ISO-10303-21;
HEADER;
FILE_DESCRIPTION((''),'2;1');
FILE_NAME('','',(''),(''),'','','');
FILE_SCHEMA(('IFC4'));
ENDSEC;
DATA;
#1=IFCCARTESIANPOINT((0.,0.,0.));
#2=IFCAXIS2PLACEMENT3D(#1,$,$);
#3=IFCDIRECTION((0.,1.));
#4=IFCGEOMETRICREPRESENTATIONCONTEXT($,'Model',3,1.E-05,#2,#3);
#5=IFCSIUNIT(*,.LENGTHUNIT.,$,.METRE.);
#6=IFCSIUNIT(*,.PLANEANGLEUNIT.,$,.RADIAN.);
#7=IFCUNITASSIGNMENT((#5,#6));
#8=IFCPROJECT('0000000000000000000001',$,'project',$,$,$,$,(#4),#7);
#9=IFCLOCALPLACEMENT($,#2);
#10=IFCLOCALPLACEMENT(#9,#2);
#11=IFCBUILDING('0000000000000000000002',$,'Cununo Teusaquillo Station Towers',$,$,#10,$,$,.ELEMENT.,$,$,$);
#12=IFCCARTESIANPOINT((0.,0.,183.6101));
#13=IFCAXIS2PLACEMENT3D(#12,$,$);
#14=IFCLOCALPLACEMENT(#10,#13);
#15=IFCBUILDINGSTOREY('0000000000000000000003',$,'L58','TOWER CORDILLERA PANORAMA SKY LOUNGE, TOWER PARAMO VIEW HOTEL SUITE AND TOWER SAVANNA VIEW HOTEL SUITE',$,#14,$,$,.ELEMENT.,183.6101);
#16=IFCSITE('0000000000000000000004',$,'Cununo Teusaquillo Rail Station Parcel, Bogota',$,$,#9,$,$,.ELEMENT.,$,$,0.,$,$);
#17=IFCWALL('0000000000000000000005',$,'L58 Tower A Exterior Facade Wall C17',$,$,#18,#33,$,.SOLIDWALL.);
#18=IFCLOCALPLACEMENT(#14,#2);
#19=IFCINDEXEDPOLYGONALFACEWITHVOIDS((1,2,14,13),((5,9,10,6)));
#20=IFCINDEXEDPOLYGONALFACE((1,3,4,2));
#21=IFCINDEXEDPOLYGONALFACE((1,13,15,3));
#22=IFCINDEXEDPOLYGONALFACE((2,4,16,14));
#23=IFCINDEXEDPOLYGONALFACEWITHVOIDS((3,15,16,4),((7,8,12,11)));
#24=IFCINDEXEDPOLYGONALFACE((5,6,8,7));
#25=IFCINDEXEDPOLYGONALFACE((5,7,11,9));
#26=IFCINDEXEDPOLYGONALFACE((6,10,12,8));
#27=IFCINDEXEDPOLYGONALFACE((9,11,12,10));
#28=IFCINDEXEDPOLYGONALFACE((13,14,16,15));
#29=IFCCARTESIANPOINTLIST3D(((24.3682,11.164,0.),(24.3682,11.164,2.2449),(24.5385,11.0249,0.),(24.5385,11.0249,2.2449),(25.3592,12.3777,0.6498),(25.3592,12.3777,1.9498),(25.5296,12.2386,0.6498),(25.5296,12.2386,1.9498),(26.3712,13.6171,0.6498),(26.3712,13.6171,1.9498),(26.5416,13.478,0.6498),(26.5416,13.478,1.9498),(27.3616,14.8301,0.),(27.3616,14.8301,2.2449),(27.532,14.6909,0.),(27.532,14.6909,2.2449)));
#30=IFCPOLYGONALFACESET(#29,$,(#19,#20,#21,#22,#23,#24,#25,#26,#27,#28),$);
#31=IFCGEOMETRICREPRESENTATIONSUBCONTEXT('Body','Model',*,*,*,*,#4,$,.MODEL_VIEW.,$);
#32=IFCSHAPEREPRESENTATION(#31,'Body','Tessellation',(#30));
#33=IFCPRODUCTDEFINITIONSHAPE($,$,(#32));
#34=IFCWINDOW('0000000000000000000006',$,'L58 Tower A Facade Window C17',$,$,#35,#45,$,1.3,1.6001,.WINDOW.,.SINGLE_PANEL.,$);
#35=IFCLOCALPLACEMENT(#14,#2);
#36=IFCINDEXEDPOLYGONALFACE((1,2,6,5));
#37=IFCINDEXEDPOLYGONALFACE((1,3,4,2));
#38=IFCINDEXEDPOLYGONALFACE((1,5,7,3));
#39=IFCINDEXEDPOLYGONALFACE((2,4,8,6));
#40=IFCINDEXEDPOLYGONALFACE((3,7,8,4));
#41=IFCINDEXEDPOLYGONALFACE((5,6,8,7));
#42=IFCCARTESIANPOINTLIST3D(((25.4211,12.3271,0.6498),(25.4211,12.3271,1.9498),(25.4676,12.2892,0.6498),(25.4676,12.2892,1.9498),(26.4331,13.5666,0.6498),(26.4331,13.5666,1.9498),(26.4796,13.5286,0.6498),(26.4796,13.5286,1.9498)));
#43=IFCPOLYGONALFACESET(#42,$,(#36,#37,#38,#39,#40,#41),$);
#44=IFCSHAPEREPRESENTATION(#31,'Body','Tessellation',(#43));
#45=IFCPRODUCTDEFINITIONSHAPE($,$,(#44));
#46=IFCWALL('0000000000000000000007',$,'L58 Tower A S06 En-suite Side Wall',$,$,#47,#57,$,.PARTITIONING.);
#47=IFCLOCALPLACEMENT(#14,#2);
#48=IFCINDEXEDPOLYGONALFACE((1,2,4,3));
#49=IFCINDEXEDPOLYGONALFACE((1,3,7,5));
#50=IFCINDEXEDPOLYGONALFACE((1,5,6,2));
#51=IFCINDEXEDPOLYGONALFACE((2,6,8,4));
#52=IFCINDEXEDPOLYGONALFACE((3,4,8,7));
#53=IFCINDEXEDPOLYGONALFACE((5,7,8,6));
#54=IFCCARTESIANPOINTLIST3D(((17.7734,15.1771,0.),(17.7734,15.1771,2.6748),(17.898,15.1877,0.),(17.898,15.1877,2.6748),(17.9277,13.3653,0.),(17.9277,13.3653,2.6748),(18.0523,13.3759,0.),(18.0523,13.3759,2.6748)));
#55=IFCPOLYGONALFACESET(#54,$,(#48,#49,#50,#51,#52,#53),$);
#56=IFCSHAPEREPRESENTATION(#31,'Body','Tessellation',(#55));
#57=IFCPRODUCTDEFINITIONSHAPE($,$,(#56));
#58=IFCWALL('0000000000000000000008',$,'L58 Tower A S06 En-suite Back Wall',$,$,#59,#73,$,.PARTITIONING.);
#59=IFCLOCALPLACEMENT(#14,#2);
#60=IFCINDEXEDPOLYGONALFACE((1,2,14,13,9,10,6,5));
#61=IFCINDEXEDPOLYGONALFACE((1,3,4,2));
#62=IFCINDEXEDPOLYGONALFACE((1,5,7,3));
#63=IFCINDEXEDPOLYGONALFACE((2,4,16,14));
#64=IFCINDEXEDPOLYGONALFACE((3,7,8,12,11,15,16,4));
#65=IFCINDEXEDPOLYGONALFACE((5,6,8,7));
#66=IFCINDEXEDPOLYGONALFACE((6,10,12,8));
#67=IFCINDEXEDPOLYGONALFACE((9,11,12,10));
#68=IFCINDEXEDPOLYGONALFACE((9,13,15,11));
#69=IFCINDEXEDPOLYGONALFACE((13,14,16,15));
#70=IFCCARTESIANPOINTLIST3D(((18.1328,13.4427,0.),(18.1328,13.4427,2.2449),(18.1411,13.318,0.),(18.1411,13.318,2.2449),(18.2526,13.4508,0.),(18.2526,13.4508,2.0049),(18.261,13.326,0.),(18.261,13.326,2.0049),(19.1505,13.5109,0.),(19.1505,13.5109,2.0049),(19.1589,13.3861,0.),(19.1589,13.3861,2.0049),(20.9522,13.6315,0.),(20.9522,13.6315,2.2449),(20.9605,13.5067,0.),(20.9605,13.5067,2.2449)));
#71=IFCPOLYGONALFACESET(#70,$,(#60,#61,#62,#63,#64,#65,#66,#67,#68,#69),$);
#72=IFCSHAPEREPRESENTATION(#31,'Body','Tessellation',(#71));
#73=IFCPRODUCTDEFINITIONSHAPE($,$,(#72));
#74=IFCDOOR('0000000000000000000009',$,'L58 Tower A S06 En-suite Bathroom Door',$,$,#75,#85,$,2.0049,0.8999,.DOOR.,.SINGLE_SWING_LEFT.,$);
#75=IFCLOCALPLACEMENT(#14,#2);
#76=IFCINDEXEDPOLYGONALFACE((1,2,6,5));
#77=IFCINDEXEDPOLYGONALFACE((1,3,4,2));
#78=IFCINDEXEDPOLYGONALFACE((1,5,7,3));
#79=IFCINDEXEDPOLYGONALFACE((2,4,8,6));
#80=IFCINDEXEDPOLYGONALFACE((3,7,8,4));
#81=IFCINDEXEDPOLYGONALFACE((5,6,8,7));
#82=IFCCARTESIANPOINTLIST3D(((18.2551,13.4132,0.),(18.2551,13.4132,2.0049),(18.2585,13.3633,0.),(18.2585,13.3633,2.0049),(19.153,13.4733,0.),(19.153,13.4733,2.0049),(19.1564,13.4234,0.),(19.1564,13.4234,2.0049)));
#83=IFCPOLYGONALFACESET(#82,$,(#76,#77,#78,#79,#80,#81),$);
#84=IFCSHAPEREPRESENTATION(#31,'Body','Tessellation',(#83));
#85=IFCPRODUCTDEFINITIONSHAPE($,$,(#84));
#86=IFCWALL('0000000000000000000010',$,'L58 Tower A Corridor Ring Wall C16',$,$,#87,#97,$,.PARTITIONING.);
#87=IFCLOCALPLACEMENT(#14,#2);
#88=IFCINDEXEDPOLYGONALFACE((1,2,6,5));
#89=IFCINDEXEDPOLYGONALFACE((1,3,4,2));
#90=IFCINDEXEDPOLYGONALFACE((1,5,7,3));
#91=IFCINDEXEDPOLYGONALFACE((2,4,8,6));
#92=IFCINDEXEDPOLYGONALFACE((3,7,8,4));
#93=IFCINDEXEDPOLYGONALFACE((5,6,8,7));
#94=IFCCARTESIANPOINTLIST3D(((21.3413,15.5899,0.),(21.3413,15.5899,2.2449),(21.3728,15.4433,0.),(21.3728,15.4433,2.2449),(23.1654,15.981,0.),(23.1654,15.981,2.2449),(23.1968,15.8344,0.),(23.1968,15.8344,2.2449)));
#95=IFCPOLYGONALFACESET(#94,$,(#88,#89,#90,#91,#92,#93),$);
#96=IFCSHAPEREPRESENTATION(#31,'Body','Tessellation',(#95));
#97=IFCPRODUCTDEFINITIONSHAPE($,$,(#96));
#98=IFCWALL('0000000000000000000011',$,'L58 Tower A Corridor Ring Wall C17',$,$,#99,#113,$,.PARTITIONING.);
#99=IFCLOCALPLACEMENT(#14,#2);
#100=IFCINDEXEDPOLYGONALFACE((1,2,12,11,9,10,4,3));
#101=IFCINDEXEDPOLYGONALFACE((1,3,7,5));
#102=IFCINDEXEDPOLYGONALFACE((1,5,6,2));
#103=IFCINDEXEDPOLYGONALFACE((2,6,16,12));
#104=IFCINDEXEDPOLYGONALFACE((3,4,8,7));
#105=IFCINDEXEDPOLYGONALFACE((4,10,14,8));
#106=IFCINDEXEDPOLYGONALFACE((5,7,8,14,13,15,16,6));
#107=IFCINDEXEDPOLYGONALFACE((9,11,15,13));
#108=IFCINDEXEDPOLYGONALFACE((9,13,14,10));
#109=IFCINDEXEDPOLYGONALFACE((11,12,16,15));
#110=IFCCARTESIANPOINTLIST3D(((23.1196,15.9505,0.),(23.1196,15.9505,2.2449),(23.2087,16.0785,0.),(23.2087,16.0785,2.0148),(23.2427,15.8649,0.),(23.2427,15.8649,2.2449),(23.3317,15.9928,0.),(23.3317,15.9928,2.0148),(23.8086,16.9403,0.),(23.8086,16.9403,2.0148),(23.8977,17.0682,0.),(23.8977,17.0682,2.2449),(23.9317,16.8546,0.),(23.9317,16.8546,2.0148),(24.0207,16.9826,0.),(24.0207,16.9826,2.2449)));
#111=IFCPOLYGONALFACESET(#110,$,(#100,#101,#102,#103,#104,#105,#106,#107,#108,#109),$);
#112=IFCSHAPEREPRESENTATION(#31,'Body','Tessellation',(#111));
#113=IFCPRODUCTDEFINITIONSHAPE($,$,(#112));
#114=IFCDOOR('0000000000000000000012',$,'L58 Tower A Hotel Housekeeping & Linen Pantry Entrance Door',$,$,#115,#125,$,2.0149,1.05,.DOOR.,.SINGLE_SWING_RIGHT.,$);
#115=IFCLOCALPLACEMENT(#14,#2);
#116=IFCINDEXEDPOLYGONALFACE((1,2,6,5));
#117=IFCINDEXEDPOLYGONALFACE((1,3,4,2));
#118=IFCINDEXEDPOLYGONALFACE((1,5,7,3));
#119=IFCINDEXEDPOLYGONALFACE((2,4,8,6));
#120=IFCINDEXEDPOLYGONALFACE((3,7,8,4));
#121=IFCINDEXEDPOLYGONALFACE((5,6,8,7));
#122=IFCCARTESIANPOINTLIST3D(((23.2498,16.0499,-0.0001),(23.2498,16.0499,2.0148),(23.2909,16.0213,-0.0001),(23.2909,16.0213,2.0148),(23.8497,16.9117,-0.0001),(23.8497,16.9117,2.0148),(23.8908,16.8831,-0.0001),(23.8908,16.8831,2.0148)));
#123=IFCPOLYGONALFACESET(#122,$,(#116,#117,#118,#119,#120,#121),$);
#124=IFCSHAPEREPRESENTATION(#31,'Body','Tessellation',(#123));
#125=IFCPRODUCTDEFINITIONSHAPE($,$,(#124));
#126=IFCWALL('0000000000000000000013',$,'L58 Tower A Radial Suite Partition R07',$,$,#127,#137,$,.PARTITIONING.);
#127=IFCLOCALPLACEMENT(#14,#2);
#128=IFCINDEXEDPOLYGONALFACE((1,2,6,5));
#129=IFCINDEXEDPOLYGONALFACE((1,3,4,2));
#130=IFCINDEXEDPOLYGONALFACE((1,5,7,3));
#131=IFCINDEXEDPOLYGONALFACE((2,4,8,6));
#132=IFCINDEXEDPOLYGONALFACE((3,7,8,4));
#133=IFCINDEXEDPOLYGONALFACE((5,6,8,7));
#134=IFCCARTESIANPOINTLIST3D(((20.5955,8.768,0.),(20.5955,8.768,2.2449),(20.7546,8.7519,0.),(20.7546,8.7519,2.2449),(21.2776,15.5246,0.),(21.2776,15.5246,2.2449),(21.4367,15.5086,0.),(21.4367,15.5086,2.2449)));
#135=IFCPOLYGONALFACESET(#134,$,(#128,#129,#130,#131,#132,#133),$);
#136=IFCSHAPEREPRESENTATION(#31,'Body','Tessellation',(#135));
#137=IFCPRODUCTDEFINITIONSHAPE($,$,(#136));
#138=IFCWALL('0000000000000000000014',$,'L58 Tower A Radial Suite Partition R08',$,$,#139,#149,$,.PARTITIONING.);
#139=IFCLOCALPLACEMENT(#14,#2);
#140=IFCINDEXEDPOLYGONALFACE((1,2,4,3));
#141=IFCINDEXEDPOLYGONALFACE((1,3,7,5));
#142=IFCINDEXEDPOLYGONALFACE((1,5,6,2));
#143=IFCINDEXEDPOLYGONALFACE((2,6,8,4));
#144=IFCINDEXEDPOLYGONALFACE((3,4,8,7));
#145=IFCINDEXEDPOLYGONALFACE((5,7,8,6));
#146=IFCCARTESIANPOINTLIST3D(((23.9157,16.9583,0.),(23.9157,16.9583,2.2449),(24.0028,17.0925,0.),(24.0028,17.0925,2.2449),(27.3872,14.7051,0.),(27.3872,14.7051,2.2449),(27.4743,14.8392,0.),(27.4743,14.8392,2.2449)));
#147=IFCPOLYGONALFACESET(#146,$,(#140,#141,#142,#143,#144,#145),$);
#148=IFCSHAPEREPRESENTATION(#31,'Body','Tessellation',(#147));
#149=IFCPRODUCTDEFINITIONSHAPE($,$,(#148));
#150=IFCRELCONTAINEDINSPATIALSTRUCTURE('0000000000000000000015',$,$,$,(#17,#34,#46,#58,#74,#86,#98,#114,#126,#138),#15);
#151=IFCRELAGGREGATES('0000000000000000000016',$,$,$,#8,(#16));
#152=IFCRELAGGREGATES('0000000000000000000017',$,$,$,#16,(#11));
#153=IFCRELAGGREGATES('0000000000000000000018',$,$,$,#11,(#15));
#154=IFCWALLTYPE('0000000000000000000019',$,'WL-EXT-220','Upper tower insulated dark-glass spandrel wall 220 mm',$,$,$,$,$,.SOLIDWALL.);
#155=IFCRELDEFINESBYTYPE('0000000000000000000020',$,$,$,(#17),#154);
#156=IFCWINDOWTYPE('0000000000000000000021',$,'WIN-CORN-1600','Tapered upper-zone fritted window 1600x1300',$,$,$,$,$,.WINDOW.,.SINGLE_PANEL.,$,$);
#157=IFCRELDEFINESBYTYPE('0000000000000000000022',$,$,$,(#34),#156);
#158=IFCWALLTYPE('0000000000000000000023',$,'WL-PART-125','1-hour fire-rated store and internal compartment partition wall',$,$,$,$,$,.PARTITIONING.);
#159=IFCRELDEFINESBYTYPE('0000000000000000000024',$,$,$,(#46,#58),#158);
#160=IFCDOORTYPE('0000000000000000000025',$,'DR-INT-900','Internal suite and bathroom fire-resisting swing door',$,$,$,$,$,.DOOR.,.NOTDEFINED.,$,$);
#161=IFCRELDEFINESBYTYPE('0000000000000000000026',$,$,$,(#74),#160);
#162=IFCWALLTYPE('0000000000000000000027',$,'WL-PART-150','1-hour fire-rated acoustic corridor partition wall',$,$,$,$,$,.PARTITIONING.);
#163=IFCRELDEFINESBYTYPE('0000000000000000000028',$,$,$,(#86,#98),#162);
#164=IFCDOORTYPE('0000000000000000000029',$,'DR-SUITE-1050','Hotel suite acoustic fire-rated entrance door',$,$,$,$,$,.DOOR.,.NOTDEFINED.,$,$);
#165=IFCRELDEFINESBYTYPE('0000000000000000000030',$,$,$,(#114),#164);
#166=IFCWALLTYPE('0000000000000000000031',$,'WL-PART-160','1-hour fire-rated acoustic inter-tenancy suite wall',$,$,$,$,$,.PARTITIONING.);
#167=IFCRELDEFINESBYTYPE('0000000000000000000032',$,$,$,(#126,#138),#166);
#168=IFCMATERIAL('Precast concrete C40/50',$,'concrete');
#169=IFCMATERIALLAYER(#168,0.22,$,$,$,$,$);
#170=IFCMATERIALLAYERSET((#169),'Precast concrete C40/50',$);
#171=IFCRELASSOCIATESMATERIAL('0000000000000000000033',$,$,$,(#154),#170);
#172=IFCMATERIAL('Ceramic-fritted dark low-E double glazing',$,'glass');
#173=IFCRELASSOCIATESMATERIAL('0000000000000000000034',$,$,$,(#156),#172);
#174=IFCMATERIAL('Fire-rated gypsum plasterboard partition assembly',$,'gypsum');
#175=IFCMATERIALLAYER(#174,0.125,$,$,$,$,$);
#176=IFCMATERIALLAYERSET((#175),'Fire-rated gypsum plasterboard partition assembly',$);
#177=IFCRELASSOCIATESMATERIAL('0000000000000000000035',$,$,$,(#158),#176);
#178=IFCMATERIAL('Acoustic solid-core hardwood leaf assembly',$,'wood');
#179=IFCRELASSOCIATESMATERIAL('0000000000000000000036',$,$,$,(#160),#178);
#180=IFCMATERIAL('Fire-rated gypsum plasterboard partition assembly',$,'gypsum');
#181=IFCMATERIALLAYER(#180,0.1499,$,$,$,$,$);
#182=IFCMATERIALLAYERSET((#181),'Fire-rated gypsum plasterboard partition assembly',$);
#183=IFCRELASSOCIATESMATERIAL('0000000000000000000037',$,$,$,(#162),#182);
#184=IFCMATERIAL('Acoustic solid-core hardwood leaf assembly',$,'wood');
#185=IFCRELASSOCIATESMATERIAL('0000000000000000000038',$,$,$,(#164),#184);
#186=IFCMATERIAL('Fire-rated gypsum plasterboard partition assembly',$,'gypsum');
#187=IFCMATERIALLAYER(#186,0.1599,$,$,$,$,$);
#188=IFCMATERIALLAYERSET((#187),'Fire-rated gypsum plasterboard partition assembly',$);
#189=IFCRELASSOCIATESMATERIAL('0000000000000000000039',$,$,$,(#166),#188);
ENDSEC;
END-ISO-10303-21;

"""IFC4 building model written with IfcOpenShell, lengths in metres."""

from ifc_helpers import new_model, si_unit, direction, frame, frame_2d, origin, place, context, subcontext, project, spatial, rectangle, extrude, source, transform, mapped, material, layer, layer_set, type_object, element, fill, save


model = new_model("IFC4")

# Units and contexts
model_context = context("Model", 3, precision=1e-05, world=origin(), true_north=direction((0.0, 1.0)))
body_context = subcontext(model_context, "Body", "Model", "MODEL_VIEW")
ifc_project = project(units=[si_unit("LENGTHUNIT", "METRE"), si_unit("PLANEANGLEUNIT", "RADIAN")], contexts=[model_context])

# Site, building, storey
site_placement = place(None, origin())
site = spatial("IfcSite", under=ifc_project, at=site_placement, Name="Cununo Teusaquillo Rail Station Parcel, Bogota", CompositionType="ELEMENT", RefElevation=0.0)
building_placement = place(site_placement, origin())
building = spatial("IfcBuilding", under=site, at=building_placement, Name="Cununo Teusaquillo Station Towers", CompositionType="ELEMENT")
storey_placement = place(building_placement, frame((0.0, 0.0, 183.6101)))
storey = spatial("IfcBuildingStorey", under=building, at=storey_placement, Name="L58", Description="TOWER CORDILLERA PANORAMA SKY LOUNGE, TOWER PARAMO VIEW HOTEL SUITE AND TOWER SAVANNA VIEW HOTEL SUITE", CompositionType="ELEMENT", Elevation=183.6101)

# Shared definitions
ifc_material_1 = material(Name="Precast concrete C40/50", Category="concrete")
ifc_layer_1 = layer(ifc_material_1, 0.22)
ifc_layer_set_1 = layer_set([ifc_layer_1], Name="Precast concrete C40/50")
wall_type_1 = type_object("IfcWallType", Name="WL-EXT-220", Description="Upper tower insulated dark-glass spandrel wall 220 mm", PredefinedType="SOLIDWALL", material=ifc_layer_set_1)
shared_shape_1 = source(origin(), body_context, "Body", "SweptSolid", [
    extrude(rectangle(XDim=1.6001, YDim=1.3, at=frame_2d((0.8, 0.6499))), frame((0.0, 0.1199, 0.0), z_axis=(0.0, -1.0, 0.0), x_axis=(1.0, 0.0, 0.0)), (0.0, 0.0, 1.0), 0.24),
])
ifc_material_2 = material(Name="Ceramic-fritted dark low-E double glazing", Category="glass")
window_type = type_object("IfcWindowType", Name="WIN-CORN-1600", Description="Tapered upper-zone fritted window 1600x1300", PartitioningType="SINGLE_PANEL", PredefinedType="WINDOW", material=ifc_material_2)
shared_shape_2 = source(origin(), body_context, "Body", "SweptSolid", [
    extrude(rectangle(XDim=1.6001, YDim=1.3, at=frame_2d((0.8, 0.6499))), frame((0.0, 0.03, 0.0), z_axis=(0.0, -1.0, 0.0), x_axis=(1.0, 0.0, 0.0)), (0.0, 0.0, 1.0), 0.0601),
])

# Wall, opening, window
wall_1_placement = place(storey_placement, frame((27.4468, 14.7605, 0.0), z_axis=(0.0, 0.0, 1.0), x_axis=(-0.632471, -0.774584, 0.0)))
wall_1 = element("IfcWall", 1, at=wall_1_placement, inside=storey, type_object=wall_type_1, Name="L58 Tower A Exterior Facade Wall C17", PredefinedType="SOLIDWALL", context=body_context, shape_type="SweptSolid", body=[
    extrude(rectangle(XDim=4.7329, YDim=0.22, at=frame_2d((2.3665, 0.0))), origin(), (0.0, 0.0, 1.0), 2.2449),
])
opening_1_placement = place(wall_1_placement, frame((1.5659, 0.0, 0.6499)))
opening_1 = element("IfcOpeningElement", 2, at=opening_1_placement, cuts=wall_1, PredefinedType="OPENING", context=body_context, shape_type="MappedRepresentation", body=[
    mapped(shared_shape_1, transform((0.0, 0.0, 0.0), x_axis=(1.0, 0.0, 0.0), y_axis=(0.0, 1.0, 0.0), z_axis=(0.0, 0.0, 1.0), scale=1.0)),
])
window_1_placement = place(opening_1_placement, origin())
window_1 = element("IfcWindow", 3, at=window_1_placement, inside=storey, type_object=window_type, Name="L58 Tower A Facade Window C17", OverallHeight=1.3, OverallWidth=1.6001, PartitioningType="SINGLE_PANEL", PredefinedType="WINDOW", context=body_context, shape_type="MappedRepresentation", body=[
    mapped(shared_shape_2, transform((0.0, 0.0, 0.0), x_axis=(1.0, 0.0, 0.0), y_axis=(0.0, 1.0, 0.0), z_axis=(0.0, 0.0, 1.0), scale=1.0)),
])
fill(opening_1, window_1)

# Wall
ifc_material_3 = material(Name="Fire-rated gypsum plasterboard partition assembly", Category="gypsum")
ifc_layer_2 = layer(ifc_material_3, 0.125)
ifc_layer_set_2 = layer_set([ifc_layer_2], Name="Fire-rated gypsum plasterboard partition assembly")
wall_type_2 = type_object("IfcWallType", Name="WL-PART-125", Description="1-hour fire-rated store and internal compartment partition wall", PredefinedType="PARTITIONING", material=ifc_layer_set_2)
wall_2_placement = place(storey_placement, frame((17.8357, 15.1824, 0.0), z_axis=(0.0, 0.0, 1.0), x_axis=(0.084857, -0.996393, 0.0)))
element("IfcWall", 4, at=wall_2_placement, inside=storey, type_object=wall_type_2, Name="L58 Tower A S06 En-suite Side Wall", PredefinedType="PARTITIONING", context=body_context, shape_type="SweptSolid", body=[
    extrude(rectangle(XDim=1.8184, YDim=0.125, at=frame_2d((0.9092, 0.0))), origin(), (0.0, 0.0, 1.0), 2.6748),
])

# Wall, opening, door
wall_3_placement = place(storey_placement, frame((18.137, 13.3804, 0.0), z_axis=(0.0, 0.0, 1.0), x_axis=(0.997767, 0.066789, 0.0)))
wall_3 = element("IfcWall", 5, at=wall_3_placement, inside=storey, type_object=wall_type_2, Name="L58 Tower A S06 En-suite Back Wall", PredefinedType="PARTITIONING", context=body_context, shape_type="SweptSolid", body=[
    extrude(rectangle(XDim=2.8257, YDim=0.125, at=frame_2d((1.4128, 0.0))), origin(), (0.0, 0.0, 1.0), 2.2449),
])
shared_shape_3 = source(origin(), body_context, "Body", "SweptSolid", [
    extrude(rectangle(XDim=0.8999, YDim=2.0049, at=frame_2d((0.45, 1.0024))), frame((0.0, 0.0725, 0.0), z_axis=(0.0, -1.0, 0.0), x_axis=(1.0, 0.0, 0.0)), (0.0, 0.0, 1.0), 0.145),
])
opening_2_placement = place(wall_3_placement, frame((0.1201, 0.0, 0.0)))
opening_2 = element("IfcOpeningElement", 6, at=opening_2_placement, cuts=wall_3, PredefinedType="OPENING", context=body_context, shape_type="MappedRepresentation", body=[
    mapped(shared_shape_3, transform((0.0, 0.0, 0.0), x_axis=(1.0, 0.0, 0.0), y_axis=(0.0, 1.0, 0.0), z_axis=(0.0, 0.0, 1.0), scale=1.0)),
])
ifc_material_4 = material(Name="Acoustic solid-core hardwood leaf assembly", Category="wood")
door_type_1 = type_object("IfcDoorType", Name="DR-INT-900", Description="Internal suite and bathroom fire-resisting swing door", OperationType="NOTDEFINED", PredefinedType="DOOR", material=ifc_material_4)
shared_shape_4 = source(origin(), body_context, "Body", "SweptSolid", [
    extrude(rectangle(XDim=0.8999, YDim=2.0049, at=frame_2d((0.45, 1.0024))), frame((0.0, 0.0249, 0.0), z_axis=(0.0, -1.0, 0.0), x_axis=(1.0, 0.0, 0.0)), (0.0, 0.0, 1.0), 0.05),
])
door_1_placement = place(opening_2_placement, origin())
door_1 = element("IfcDoor", 7, at=door_1_placement, inside=storey, type_object=door_type_1, Name="L58 Tower A S06 En-suite Bathroom Door", OperationType="SINGLE_SWING_LEFT", OverallHeight=2.0049, OverallWidth=0.8999, PredefinedType="DOOR", context=body_context, shape_type="MappedRepresentation", body=[
    mapped(shared_shape_4, transform((0.0, 0.0, 0.0), x_axis=(1.0, 0.0, 0.0), y_axis=(0.0, 1.0, 0.0), z_axis=(0.0, 0.0, 1.0), scale=1.0)),
])
fill(opening_2, door_1)

# Wall
ifc_material_5 = material(Name="Fire-rated gypsum plasterboard partition assembly", Category="gypsum")
ifc_layer_3 = layer(ifc_material_5, 0.1499)
ifc_layer_set_3 = layer_set([ifc_layer_3], Name="Fire-rated gypsum plasterboard partition assembly")
wall_type_3 = type_object("IfcWallType", Name="WL-PART-150", Description="1-hour fire-rated acoustic corridor partition wall", PredefinedType="PARTITIONING", material=ifc_layer_set_3)
wall_4_placement = place(storey_placement, frame((21.3572, 15.5166, 0.0), z_axis=(0.0, 0.0, 1.0), x_axis=(0.977774, 0.209663, 0.0)))
element("IfcWall", 8, at=wall_4_placement, inside=storey, type_object=wall_type_3, Name="L58 Tower A Corridor Ring Wall C16", PredefinedType="PARTITIONING", context=body_context, shape_type="SweptSolid", body=[
    extrude(rectangle(XDim=1.8655, YDim=0.1499, at=frame_2d((0.9326, 0.0))), origin(), (0.0, 0.0, 1.0), 2.2449),
])

# Wall, opening, door
wall_5_placement = place(storey_placement, frame((23.1812, 15.9077, 0.0), z_axis=(0.0, 0.0, 1.0), x_axis=(0.571343, 0.820711, 0.0)))
wall_5 = element("IfcWall", 9, at=wall_5_placement, inside=storey, type_object=wall_type_3, Name="L58 Tower A Corridor Ring Wall C17", PredefinedType="PARTITIONING", context=body_context, shape_type="SweptSolid", body=[
    extrude(rectangle(XDim=1.3618, YDim=0.1499, at=frame_2d((0.6809, 0.0))), origin(), (0.0, 0.0, 1.0), 2.2449),
])
shared_shape_5 = source(origin(), body_context, "Body", "SweptSolid", [
    extrude(rectangle(XDim=1.05, YDim=2.0149, at=frame_2d((0.5249, 1.0073))), frame((0.0, 0.085, 0.0), z_axis=(0.0, -1.0, 0.0), x_axis=(1.0, 0.0, 0.0)), (0.0, 0.0, 1.0), 0.1699),
])
opening_3_placement = place(wall_5_placement, frame((0.156, 0.0, 0.0)))
opening_3 = element("IfcOpeningElement", 10, at=opening_3_placement, cuts=wall_5, PredefinedType="OPENING", context=body_context, shape_type="MappedRepresentation", body=[
    mapped(shared_shape_5, transform((0.0, 0.0, 0.0), x_axis=(1.0, 0.0, 0.0), y_axis=(0.0, 1.0, 0.0), z_axis=(0.0, 0.0, 1.0), scale=1.0)),
])
ifc_material_6 = material(Name="Acoustic solid-core hardwood leaf assembly", Category="wood")
door_type_2 = type_object("IfcDoorType", Name="DR-SUITE-1050", Description="Hotel suite acoustic fire-rated entrance door", OperationType="NOTDEFINED", PredefinedType="DOOR", material=ifc_material_6)
shared_shape_6 = source(origin(), body_context, "Body", "SweptSolid", [
    extrude(rectangle(XDim=1.05, YDim=2.0149, at=frame_2d((0.5249, 1.0073))), frame((0.0, 0.0249, 0.0), z_axis=(0.0, -1.0, 0.0), x_axis=(1.0, 0.0, 0.0)), (0.0, 0.0, 1.0), 0.05),
])
door_2_placement = place(opening_3_placement, origin())
door_2 = element("IfcDoor", 11, at=door_2_placement, inside=storey, type_object=door_type_2, Name="L58 Tower A Hotel Housekeeping & Linen Pantry Entrance Door", OperationType="SINGLE_SWING_RIGHT", OverallHeight=2.0149, OverallWidth=1.05, PredefinedType="DOOR", context=body_context, shape_type="MappedRepresentation", body=[
    mapped(shared_shape_6, transform((0.0, 0.0, 0.0), x_axis=(1.0, 0.0, 0.0), y_axis=(0.0, 1.0, 0.0), z_axis=(0.0, 0.0, 1.0), scale=1.0)),
])
fill(opening_3, door_2)

# Walls
ifc_material_7 = material(Name="Fire-rated gypsum plasterboard partition assembly", Category="gypsum")
ifc_layer_4 = layer(ifc_material_7, 0.1599)
ifc_layer_set_4 = layer_set([ifc_layer_4], Name="Fire-rated gypsum plasterboard partition assembly")
wall_type_4 = type_object("IfcWallType", Name="WL-PART-160", Description="1-hour fire-rated acoustic inter-tenancy suite wall", PredefinedType="PARTITIONING", material=ifc_layer_set_4)
wall_6_placement = place(storey_placement, frame((21.3572, 15.5166, 0.0), z_axis=(0.0, 0.0, 1.0), x_axis=(-0.100447, -0.994942, 0.0)))
element("IfcWall", 12, at=wall_6_placement, inside=storey, type_object=wall_type_4, Name="L58 Tower A Radial Suite Partition R07", PredefinedType="PARTITIONING", context=body_context, shape_type="SweptSolid", body=[
    extrude(rectangle(XDim=6.791, YDim=0.1599, at=frame_2d((3.3955, 0.0))), origin(), (0.0, 0.0, 1.0), 2.2449),
])
wall_7_placement = place(storey_placement, frame((23.9592, 17.0254, 0.0), z_axis=(0.0, 0.0, 1.0), x_axis=(0.838803, -0.544435, 0.0)))
element("IfcWall", 13, at=wall_7_placement, inside=storey, type_object=wall_type_4, Name="L58 Tower A Radial Suite Partition R08", PredefinedType="PARTITIONING", context=body_context, shape_type="SweptSolid", body=[
    extrude(rectangle(XDim=4.1387, YDim=0.1599, at=frame_2d((2.0693, 0.0))), origin(), (0.0, 0.0, 1.0), 2.2449),
])

save(model, "model.ifc")
